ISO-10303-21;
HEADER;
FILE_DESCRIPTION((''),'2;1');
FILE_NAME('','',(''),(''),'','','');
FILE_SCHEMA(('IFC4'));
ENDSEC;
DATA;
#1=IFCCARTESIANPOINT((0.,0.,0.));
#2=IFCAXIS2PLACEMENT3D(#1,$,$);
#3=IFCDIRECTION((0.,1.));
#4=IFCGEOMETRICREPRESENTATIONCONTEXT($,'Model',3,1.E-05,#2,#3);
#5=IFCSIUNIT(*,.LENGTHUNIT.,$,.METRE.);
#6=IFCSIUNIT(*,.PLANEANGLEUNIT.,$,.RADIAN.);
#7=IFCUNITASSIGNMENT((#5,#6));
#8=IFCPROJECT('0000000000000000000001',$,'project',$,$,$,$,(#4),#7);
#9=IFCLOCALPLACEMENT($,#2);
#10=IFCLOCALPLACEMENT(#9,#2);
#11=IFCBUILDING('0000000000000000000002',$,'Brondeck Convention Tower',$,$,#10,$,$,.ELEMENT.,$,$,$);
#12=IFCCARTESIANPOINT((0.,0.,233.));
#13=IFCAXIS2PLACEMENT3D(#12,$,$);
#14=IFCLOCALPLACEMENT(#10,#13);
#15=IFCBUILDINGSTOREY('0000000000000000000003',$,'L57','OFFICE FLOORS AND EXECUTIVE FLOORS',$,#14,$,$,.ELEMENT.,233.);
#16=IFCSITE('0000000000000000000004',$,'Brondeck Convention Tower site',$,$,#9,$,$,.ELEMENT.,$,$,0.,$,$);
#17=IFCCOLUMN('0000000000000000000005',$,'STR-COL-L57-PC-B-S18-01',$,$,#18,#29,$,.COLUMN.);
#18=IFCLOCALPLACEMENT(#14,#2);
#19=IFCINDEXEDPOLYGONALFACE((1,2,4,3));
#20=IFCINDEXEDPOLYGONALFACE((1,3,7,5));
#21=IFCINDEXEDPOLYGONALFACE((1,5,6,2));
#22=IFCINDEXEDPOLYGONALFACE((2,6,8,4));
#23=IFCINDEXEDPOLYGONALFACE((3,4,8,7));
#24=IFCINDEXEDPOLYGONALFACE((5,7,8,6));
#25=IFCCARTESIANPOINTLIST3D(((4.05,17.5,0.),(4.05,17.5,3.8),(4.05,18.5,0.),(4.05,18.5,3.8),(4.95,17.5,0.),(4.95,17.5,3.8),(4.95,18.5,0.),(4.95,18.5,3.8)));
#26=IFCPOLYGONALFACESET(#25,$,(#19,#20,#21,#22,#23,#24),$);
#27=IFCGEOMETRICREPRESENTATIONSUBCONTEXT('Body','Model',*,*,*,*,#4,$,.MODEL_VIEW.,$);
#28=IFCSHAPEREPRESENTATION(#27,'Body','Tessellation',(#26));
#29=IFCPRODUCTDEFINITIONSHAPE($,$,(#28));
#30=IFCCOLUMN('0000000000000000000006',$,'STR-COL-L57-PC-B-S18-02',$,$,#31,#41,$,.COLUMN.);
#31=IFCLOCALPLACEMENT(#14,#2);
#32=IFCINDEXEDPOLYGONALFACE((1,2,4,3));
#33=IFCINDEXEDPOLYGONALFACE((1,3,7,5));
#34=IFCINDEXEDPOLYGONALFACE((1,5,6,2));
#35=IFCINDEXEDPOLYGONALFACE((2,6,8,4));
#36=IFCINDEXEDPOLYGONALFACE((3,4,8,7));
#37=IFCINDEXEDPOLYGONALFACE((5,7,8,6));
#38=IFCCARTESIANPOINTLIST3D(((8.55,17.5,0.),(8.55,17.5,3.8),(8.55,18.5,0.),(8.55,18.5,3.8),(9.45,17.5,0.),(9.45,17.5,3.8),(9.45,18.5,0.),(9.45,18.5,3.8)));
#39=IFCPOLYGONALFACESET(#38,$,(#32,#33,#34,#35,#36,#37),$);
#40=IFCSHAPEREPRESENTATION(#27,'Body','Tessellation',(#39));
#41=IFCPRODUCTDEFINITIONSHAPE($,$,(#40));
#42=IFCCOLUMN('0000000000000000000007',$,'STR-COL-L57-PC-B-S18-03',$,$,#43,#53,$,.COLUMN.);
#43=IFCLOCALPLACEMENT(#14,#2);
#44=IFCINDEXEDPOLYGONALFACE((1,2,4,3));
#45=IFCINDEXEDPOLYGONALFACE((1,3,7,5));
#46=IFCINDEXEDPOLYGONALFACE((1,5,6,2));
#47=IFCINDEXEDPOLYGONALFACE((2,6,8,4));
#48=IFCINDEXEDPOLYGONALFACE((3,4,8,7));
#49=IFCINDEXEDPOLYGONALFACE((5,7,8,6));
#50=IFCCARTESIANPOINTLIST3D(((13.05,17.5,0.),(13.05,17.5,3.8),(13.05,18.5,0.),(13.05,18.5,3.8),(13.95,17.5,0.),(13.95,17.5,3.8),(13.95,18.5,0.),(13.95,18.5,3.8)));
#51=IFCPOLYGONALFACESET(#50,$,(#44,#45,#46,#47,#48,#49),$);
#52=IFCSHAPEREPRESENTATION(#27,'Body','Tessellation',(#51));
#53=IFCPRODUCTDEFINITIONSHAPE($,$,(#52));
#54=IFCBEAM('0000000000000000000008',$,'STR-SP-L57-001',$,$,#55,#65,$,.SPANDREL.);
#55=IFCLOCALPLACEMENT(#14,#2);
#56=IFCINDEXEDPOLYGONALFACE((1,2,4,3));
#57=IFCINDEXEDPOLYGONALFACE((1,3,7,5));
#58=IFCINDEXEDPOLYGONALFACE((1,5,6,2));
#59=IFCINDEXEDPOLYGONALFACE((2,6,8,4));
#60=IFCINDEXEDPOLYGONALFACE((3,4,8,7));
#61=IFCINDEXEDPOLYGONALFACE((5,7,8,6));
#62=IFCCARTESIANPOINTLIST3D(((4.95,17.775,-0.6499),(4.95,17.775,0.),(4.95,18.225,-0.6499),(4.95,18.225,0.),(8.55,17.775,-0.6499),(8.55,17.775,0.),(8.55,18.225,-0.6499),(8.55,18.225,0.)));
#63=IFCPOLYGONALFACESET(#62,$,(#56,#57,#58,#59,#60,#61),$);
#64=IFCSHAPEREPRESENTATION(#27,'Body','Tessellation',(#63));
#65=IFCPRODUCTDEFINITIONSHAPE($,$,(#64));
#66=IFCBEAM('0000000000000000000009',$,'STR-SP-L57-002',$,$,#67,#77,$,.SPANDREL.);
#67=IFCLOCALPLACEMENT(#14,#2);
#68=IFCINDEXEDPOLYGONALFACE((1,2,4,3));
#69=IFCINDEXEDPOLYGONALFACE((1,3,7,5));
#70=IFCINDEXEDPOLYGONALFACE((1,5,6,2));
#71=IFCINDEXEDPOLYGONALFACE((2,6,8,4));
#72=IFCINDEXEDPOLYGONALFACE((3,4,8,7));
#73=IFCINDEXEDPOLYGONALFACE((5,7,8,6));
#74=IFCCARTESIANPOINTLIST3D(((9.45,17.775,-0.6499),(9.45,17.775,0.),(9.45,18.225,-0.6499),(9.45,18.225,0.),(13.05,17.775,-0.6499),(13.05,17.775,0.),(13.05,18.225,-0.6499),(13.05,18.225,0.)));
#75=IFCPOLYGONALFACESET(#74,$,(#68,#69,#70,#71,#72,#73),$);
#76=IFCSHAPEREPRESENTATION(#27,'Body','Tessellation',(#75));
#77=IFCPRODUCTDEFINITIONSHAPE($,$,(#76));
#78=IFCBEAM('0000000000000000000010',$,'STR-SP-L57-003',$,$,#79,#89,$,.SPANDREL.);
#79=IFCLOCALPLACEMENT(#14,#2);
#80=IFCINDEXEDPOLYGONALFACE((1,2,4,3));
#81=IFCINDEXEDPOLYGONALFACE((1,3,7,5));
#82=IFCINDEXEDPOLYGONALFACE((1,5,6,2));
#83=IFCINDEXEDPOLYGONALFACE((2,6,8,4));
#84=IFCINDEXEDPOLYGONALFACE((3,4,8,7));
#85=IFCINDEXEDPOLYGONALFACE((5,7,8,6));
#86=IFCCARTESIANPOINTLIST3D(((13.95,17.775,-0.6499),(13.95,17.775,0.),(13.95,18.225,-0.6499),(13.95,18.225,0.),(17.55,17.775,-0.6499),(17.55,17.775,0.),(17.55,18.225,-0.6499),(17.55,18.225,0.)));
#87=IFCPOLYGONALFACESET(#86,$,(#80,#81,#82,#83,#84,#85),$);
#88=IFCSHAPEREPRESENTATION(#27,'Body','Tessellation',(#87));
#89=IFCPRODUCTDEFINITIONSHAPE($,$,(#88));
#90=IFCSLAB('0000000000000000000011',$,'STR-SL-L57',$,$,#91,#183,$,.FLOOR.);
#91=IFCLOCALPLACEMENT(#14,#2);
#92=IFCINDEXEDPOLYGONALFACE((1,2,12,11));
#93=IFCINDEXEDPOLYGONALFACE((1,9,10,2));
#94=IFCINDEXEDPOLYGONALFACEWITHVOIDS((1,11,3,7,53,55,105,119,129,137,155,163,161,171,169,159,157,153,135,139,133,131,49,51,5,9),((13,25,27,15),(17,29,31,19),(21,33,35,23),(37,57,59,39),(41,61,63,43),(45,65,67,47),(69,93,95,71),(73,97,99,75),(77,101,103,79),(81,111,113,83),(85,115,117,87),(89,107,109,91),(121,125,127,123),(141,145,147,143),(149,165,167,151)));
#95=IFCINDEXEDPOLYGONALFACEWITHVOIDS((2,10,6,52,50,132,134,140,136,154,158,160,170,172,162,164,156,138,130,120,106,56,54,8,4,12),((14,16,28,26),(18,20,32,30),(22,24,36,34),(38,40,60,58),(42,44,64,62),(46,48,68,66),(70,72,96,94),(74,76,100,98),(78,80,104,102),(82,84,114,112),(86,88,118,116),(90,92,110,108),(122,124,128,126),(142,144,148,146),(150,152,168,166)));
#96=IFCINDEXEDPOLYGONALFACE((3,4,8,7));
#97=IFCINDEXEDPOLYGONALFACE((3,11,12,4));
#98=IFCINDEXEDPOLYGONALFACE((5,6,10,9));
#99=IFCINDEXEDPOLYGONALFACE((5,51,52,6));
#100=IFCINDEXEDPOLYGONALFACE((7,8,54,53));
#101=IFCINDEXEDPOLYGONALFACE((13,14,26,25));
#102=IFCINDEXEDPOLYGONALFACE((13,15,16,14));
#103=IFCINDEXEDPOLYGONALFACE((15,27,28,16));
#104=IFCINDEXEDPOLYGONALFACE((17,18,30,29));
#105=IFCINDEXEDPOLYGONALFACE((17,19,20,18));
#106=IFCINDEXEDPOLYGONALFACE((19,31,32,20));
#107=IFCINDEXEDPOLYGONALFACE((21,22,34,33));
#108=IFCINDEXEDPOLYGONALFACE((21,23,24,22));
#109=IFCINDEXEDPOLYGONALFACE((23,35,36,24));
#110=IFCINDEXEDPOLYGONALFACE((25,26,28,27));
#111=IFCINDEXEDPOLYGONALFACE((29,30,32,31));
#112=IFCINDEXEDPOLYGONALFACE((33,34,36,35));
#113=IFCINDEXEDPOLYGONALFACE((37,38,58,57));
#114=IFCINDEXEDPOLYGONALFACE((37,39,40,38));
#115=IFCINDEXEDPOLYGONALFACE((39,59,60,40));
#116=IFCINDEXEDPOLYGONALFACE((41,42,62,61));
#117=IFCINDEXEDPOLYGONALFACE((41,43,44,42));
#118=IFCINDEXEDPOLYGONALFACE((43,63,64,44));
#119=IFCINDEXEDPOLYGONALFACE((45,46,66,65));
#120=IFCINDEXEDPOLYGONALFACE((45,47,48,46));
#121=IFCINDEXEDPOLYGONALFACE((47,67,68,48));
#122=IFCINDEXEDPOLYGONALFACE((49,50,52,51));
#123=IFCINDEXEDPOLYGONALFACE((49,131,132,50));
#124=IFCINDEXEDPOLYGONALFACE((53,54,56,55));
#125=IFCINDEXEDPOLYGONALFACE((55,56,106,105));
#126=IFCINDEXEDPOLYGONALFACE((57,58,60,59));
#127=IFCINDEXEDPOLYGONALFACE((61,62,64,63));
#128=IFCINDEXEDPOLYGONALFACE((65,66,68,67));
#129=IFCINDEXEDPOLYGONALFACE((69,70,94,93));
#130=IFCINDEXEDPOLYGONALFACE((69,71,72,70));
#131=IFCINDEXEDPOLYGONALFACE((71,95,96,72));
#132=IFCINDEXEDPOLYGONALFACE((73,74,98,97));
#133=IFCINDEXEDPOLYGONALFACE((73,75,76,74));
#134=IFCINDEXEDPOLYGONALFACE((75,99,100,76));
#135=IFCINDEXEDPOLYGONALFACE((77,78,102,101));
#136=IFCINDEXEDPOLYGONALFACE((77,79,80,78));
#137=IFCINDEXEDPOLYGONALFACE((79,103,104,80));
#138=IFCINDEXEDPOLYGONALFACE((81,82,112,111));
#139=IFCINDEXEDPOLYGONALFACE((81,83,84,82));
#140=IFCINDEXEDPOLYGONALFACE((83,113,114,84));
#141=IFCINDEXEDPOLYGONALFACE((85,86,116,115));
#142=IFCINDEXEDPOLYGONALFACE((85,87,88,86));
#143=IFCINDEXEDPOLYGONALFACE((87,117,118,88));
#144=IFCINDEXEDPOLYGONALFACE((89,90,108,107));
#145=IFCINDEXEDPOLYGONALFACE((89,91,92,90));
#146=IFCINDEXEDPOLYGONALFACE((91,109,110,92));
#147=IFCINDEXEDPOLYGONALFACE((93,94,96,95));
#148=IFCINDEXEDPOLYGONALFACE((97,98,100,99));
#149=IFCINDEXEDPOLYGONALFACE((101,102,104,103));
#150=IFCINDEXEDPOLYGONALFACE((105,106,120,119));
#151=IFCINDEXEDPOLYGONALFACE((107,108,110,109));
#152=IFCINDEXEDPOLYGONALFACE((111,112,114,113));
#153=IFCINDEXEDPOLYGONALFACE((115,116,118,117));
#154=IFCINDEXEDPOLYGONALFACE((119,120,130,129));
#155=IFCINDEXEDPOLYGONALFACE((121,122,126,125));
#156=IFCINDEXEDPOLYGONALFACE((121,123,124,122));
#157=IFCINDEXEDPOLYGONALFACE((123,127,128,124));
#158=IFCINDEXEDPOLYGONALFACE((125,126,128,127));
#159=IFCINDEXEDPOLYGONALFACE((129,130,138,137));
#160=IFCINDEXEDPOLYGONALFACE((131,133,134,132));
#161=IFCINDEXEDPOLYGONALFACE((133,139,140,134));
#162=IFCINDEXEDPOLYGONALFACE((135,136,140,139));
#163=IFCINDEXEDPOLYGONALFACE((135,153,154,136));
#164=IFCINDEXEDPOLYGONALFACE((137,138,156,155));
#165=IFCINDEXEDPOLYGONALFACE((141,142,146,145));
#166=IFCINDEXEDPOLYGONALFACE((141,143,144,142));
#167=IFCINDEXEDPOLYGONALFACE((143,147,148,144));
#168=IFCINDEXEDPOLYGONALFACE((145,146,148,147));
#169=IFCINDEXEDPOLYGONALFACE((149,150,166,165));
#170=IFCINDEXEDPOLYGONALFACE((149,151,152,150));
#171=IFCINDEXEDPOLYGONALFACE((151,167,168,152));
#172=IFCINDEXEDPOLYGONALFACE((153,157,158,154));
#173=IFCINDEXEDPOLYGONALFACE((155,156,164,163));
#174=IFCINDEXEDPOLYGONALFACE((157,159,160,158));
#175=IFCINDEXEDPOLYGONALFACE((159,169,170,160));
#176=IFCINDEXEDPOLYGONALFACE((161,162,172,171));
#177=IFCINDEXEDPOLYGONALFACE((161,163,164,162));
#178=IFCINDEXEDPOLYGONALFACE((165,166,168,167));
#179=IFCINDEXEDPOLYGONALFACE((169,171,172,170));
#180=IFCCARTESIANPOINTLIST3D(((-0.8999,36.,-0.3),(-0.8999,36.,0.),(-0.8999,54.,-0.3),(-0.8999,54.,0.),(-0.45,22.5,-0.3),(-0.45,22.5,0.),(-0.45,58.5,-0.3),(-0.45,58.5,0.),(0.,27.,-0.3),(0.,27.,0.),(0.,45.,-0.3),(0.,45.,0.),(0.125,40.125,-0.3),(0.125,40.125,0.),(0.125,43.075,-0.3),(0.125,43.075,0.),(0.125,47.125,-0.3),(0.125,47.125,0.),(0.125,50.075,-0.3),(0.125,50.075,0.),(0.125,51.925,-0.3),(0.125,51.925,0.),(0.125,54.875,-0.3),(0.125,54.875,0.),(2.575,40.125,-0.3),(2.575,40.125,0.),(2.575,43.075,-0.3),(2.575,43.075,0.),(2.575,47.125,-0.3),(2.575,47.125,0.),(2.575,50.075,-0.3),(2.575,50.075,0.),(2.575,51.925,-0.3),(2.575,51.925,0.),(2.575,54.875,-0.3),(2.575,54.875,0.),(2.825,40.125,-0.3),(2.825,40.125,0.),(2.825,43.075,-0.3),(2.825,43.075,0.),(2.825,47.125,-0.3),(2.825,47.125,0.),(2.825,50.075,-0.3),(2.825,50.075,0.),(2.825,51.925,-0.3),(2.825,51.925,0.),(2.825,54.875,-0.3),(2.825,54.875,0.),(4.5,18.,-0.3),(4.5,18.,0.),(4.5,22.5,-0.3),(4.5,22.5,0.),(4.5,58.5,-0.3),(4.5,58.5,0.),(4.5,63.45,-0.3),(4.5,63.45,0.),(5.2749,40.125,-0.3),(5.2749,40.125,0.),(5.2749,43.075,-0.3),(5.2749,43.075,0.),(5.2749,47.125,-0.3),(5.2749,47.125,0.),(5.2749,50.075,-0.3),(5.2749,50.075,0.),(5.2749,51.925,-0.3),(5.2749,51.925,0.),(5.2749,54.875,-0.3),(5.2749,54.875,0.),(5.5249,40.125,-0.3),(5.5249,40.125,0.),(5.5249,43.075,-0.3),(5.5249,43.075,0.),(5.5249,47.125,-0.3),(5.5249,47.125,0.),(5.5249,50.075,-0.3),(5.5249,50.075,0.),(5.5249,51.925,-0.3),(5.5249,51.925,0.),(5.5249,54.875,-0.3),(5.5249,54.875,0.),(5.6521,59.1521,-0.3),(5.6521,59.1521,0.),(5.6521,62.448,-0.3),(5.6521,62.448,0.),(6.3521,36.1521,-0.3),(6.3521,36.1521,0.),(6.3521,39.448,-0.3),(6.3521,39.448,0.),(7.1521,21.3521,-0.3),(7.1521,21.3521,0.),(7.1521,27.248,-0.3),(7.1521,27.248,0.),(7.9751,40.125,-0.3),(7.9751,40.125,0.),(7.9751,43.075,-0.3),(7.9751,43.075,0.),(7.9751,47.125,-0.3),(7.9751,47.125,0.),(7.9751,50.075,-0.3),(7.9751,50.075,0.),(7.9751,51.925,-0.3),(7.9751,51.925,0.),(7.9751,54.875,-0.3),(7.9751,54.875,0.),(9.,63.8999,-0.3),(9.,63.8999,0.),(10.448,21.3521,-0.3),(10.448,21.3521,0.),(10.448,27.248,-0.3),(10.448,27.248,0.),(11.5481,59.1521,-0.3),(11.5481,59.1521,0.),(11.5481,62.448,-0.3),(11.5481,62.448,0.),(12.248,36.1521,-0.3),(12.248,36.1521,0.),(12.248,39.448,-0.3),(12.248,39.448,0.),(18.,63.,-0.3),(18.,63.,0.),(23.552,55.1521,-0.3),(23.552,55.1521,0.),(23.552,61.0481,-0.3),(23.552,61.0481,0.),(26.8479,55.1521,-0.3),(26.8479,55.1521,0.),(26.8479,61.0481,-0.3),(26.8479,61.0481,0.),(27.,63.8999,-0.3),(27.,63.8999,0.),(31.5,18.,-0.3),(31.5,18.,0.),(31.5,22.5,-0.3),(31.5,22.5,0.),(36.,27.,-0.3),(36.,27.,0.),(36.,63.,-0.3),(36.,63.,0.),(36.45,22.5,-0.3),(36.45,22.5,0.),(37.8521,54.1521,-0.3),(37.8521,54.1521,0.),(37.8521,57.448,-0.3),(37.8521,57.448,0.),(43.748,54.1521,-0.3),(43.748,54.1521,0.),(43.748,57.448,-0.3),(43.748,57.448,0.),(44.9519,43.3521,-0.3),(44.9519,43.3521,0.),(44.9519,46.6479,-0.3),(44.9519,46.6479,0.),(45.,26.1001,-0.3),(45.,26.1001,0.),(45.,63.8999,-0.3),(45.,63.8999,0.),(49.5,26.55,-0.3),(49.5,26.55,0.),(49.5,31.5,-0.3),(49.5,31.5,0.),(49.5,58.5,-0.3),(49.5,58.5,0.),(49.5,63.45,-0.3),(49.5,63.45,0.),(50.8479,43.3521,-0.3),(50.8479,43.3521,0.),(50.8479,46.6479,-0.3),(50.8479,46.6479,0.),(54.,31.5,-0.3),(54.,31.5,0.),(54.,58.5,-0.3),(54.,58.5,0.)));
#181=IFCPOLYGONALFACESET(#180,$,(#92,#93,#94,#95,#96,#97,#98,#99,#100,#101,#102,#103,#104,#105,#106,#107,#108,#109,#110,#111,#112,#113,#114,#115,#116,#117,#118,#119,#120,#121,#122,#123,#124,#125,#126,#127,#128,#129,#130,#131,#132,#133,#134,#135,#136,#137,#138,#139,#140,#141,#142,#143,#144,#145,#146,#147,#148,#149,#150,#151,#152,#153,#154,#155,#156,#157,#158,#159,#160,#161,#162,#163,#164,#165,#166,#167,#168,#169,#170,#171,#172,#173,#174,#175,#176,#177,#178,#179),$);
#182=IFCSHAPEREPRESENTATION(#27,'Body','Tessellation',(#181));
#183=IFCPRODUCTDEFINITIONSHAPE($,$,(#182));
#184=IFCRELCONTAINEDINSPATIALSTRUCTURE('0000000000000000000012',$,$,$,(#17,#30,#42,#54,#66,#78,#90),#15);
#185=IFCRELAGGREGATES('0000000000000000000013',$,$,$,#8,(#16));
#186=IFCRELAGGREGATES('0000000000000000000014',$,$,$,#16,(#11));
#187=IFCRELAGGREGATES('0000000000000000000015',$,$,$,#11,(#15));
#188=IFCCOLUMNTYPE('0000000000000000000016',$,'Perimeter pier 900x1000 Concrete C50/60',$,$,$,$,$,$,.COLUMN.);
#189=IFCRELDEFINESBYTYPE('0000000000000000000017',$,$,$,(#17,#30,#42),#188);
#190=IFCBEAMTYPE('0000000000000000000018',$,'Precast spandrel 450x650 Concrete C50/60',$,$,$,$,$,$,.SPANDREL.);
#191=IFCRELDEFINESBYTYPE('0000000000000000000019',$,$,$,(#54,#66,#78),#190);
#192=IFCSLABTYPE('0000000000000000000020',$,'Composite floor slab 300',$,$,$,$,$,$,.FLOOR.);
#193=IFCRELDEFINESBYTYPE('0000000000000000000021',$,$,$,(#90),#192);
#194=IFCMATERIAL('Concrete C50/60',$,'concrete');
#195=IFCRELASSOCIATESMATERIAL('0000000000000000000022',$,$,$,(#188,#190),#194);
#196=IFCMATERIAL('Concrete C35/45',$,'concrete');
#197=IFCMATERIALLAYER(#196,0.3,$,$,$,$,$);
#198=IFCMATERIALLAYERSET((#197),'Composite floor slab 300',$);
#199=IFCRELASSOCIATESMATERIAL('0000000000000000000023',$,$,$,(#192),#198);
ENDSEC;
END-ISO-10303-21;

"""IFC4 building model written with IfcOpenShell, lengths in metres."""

from ifc_helpers import new_model, si_unit, direction, frame, origin, origin_2d, place, context, subcontext, project, spatial, polyline, rectangle, outline, extrude, material, layer, layer_set, material_profile, profile_set, type_object, element, save


model = new_model("IFC4")

# Units and contexts
model_context = context("Model", 3, precision=1e-05, world=origin(), true_north=direction((0.0, 1.0)))
body_context = subcontext(model_context, "Body", "Model", "MODEL_VIEW")
ifc_project = project(units=[si_unit("LENGTHUNIT", "METRE"), si_unit("PLANEANGLEUNIT", "RADIAN")], contexts=[model_context])

# Site, building, storey
site_placement = place(None, origin())
site = spatial("IfcSite", under=ifc_project, at=site_placement, Name="Brondeck Convention Tower site", CompositionType="ELEMENT", RefElevation=0.0)
building_placement = place(site_placement, origin())
building = spatial("IfcBuilding", under=site, at=building_placement, Name="Brondeck Convention Tower", CompositionType="ELEMENT")
storey_placement = place(building_placement, frame((0.0, 0.0, 233.0)))
storey = spatial("IfcBuildingStorey", under=building, at=storey_placement, Name="L57", Description="OFFICE FLOORS AND EXECUTIVE FLOORS", CompositionType="ELEMENT", Elevation=233.0)

# Columns
ifc_material_1 = material(Name="Concrete C50/60", Category="concrete")
ifc_material_profile_1 = material_profile(ifc_material_1, rectangle(XDim=0.8999, YDim=1.0, at=origin_2d()), Name="Perimeter pier 900x1000 Concrete C50/60")
ifc_profile_set_1 = profile_set([ifc_material_profile_1], Name="Concrete C50/60")
column_type = type_object("IfcColumnType", Name="Perimeter pier 900x1000 Concrete C50/60", PredefinedType="COLUMN", material=ifc_profile_set_1)
for number, where, z_axis, x_axis, name in (
    (1, (4.5, 18.0, 0.0), (0.0, 0.0, 1.0), (1.0, 0.0, 0.0), "STR-COL-L57-PC-B-S18-01"),
    (2, (9.0, 18.0, 0.0), (0.0, 0.0, 1.0), (1.0, 0.0, 0.0), "STR-COL-L57-PC-B-S18-02"),
    (3, (13.5, 18.0, 0.0), (0.0, 0.0, 1.0), (1.0, 0.0, 0.0), "STR-COL-L57-PC-B-S18-03"),
):
    element("IfcColumn", number, at=place(storey_placement, frame(where, z_axis=z_axis, x_axis=x_axis)), inside=storey, type_object=column_type, Name=name, PredefinedType="COLUMN", context=body_context, shape_type="SweptSolid", body=[
        extrude(rectangle(XDim=0.8999, YDim=1.0, at=origin_2d()), origin(), (0.0, 0.0, 1.0), 3.8),
    ])

# Beams
ifc_material_profile_2 = material_profile(ifc_material_1, rectangle(XDim=0.45, YDim=0.6499, at=origin_2d()), Name="Precast spandrel 450x650 Concrete C50/60")
ifc_profile_set_2 = profile_set([ifc_material_profile_2], Name="Concrete C50/60")
beam_type = type_object("IfcBeamType", Name="Precast spandrel 450x650 Concrete C50/60", PredefinedType="SPANDREL", material=ifc_profile_set_2)
for number, where, z_axis, x_axis, name in (
    (4, (4.95, 18.0, -0.325), (1.0, 0.0, 0.0), (0.0, 1.0, 0.0), "STR-SP-L57-001"),
    (5, (9.45, 18.0, -0.325), (1.0, 0.0, 0.0), (0.0, 1.0, 0.0), "STR-SP-L57-002"),
    (6, (13.95, 18.0, -0.325), (1.0, 0.0, 0.0), (0.0, 1.0, 0.0), "STR-SP-L57-003"),
):
    element("IfcBeam", number, at=place(storey_placement, frame(where, z_axis=z_axis, x_axis=x_axis)), inside=storey, type_object=beam_type, Name=name, PredefinedType="SPANDREL", context=body_context, shape_type="SweptSolid", body=[
        extrude(rectangle(XDim=0.45, YDim=0.6499, at=origin_2d()), origin(), (0.0, 0.0, 1.0), 3.6001),
    ])

# Slab
ifc_material_2 = material(Name="Concrete C35/45", Category="concrete")
ifc_layer_1 = layer(ifc_material_2, 0.3)
ifc_layer_set_1 = layer_set([ifc_layer_1], Name="Composite floor slab 300")
slab_type_1 = type_object("IfcSlabType", Name="Composite floor slab 300", PredefinedType="FLOOR", material=ifc_layer_set_1)
slab_1_placement = place(storey_placement, frame((0.0, 0.0, -0.3)))
element("IfcSlab", 7, at=slab_1_placement, inside=storey, type_object=slab_type_1, Name="STR-SL-L57", PredefinedType="FLOOR", context=body_context, shape_type="SweptSolid", body=[
    extrude(outline(polyline([(4.5, 22.5), (-0.45, 22.5), (0.0, 27.0), (-0.8999, 36.0), (0.0, 45.0), (-0.8999, 54.0), (-0.45, 58.5), (4.5, 58.5), (4.5, 63.45), (9.0, 63.8999), (18.0, 63.0), (27.0, 63.8999), (36.0, 63.0), (45.0, 63.8999), (49.5, 63.45), (49.5, 58.5), (54.0, 58.5), (54.0, 31.5), (49.5, 31.5), (49.5, 26.55), (45.0, 26.1001), (36.0, 27.0), (36.45, 22.5), (31.5, 22.5), (31.5, 18.0), (4.5, 18.0), (4.5, 22.5)]), holes=[polyline([(2.575, 43.075), (0.125, 43.075), (0.125, 40.125), (2.575, 40.125), (2.575, 43.075)]), polyline([(5.2749, 40.125), (5.2749, 43.075), (2.825, 43.075), (2.825, 40.125), (5.2749, 40.125)]), polyline([(7.9751, 40.125), (7.9751, 43.075), (5.5249, 43.075), (5.5249, 40.125), (7.9751, 40.125)]), polyline([(2.575, 47.125), (2.575, 50.075), (0.125, 50.075), (0.125, 47.125), (2.575, 47.125)]), polyline([(5.2749, 47.125), (5.2749, 50.075), (2.825, 50.075), (2.825, 47.125), (5.2749, 47.125)]), polyline([(7.9751, 47.125), (7.9751, 50.075), (5.5249, 50.075), (5.5249, 47.125), (7.9751, 47.125)]), polyline([(2.575, 51.925), (2.575, 54.875), (0.125, 54.875), (0.125, 51.925), (2.575, 51.925)]), polyline([(5.2749, 51.925), (5.2749, 54.875), (2.825, 54.875), (2.825, 51.925), (5.2749, 51.925)]), polyline([(10.448, 27.248), (7.1521, 27.248), (7.1521, 21.3521), (10.448, 21.3521), (10.448, 27.248)]), polyline([(12.248, 36.1521), (12.248, 39.448), (6.3521, 39.448), (6.3521, 36.1521), (12.248, 36.1521)]), polyline([(50.8479, 43.3521), (50.8479, 46.6479), (44.9519, 46.6479), (44.9519, 43.3521), (50.8479, 43.3521)]), polyline([(7.9751, 51.925), (7.9751, 54.875), (5.5249, 54.875), (5.5249, 51.925), (7.9751, 51.925)]), polyline([(43.748, 54.1521), (43.748, 57.448), (37.8521, 57.448), (37.8521, 54.1521), (43.748, 54.1521)]), polyline([(23.552, 55.1521), (26.8479, 55.1521), (26.8479, 61.0481), (23.552, 61.0481), (23.552, 55.1521)]), polyline([(5.6521, 62.448), (5.6521, 59.1521), (11.5481, 59.1521), (11.5481, 62.448), (5.6521, 62.448)])]), origin(), (0.0, 0.0, 1.0), 0.3),
])

save(model, "model.ifc")
